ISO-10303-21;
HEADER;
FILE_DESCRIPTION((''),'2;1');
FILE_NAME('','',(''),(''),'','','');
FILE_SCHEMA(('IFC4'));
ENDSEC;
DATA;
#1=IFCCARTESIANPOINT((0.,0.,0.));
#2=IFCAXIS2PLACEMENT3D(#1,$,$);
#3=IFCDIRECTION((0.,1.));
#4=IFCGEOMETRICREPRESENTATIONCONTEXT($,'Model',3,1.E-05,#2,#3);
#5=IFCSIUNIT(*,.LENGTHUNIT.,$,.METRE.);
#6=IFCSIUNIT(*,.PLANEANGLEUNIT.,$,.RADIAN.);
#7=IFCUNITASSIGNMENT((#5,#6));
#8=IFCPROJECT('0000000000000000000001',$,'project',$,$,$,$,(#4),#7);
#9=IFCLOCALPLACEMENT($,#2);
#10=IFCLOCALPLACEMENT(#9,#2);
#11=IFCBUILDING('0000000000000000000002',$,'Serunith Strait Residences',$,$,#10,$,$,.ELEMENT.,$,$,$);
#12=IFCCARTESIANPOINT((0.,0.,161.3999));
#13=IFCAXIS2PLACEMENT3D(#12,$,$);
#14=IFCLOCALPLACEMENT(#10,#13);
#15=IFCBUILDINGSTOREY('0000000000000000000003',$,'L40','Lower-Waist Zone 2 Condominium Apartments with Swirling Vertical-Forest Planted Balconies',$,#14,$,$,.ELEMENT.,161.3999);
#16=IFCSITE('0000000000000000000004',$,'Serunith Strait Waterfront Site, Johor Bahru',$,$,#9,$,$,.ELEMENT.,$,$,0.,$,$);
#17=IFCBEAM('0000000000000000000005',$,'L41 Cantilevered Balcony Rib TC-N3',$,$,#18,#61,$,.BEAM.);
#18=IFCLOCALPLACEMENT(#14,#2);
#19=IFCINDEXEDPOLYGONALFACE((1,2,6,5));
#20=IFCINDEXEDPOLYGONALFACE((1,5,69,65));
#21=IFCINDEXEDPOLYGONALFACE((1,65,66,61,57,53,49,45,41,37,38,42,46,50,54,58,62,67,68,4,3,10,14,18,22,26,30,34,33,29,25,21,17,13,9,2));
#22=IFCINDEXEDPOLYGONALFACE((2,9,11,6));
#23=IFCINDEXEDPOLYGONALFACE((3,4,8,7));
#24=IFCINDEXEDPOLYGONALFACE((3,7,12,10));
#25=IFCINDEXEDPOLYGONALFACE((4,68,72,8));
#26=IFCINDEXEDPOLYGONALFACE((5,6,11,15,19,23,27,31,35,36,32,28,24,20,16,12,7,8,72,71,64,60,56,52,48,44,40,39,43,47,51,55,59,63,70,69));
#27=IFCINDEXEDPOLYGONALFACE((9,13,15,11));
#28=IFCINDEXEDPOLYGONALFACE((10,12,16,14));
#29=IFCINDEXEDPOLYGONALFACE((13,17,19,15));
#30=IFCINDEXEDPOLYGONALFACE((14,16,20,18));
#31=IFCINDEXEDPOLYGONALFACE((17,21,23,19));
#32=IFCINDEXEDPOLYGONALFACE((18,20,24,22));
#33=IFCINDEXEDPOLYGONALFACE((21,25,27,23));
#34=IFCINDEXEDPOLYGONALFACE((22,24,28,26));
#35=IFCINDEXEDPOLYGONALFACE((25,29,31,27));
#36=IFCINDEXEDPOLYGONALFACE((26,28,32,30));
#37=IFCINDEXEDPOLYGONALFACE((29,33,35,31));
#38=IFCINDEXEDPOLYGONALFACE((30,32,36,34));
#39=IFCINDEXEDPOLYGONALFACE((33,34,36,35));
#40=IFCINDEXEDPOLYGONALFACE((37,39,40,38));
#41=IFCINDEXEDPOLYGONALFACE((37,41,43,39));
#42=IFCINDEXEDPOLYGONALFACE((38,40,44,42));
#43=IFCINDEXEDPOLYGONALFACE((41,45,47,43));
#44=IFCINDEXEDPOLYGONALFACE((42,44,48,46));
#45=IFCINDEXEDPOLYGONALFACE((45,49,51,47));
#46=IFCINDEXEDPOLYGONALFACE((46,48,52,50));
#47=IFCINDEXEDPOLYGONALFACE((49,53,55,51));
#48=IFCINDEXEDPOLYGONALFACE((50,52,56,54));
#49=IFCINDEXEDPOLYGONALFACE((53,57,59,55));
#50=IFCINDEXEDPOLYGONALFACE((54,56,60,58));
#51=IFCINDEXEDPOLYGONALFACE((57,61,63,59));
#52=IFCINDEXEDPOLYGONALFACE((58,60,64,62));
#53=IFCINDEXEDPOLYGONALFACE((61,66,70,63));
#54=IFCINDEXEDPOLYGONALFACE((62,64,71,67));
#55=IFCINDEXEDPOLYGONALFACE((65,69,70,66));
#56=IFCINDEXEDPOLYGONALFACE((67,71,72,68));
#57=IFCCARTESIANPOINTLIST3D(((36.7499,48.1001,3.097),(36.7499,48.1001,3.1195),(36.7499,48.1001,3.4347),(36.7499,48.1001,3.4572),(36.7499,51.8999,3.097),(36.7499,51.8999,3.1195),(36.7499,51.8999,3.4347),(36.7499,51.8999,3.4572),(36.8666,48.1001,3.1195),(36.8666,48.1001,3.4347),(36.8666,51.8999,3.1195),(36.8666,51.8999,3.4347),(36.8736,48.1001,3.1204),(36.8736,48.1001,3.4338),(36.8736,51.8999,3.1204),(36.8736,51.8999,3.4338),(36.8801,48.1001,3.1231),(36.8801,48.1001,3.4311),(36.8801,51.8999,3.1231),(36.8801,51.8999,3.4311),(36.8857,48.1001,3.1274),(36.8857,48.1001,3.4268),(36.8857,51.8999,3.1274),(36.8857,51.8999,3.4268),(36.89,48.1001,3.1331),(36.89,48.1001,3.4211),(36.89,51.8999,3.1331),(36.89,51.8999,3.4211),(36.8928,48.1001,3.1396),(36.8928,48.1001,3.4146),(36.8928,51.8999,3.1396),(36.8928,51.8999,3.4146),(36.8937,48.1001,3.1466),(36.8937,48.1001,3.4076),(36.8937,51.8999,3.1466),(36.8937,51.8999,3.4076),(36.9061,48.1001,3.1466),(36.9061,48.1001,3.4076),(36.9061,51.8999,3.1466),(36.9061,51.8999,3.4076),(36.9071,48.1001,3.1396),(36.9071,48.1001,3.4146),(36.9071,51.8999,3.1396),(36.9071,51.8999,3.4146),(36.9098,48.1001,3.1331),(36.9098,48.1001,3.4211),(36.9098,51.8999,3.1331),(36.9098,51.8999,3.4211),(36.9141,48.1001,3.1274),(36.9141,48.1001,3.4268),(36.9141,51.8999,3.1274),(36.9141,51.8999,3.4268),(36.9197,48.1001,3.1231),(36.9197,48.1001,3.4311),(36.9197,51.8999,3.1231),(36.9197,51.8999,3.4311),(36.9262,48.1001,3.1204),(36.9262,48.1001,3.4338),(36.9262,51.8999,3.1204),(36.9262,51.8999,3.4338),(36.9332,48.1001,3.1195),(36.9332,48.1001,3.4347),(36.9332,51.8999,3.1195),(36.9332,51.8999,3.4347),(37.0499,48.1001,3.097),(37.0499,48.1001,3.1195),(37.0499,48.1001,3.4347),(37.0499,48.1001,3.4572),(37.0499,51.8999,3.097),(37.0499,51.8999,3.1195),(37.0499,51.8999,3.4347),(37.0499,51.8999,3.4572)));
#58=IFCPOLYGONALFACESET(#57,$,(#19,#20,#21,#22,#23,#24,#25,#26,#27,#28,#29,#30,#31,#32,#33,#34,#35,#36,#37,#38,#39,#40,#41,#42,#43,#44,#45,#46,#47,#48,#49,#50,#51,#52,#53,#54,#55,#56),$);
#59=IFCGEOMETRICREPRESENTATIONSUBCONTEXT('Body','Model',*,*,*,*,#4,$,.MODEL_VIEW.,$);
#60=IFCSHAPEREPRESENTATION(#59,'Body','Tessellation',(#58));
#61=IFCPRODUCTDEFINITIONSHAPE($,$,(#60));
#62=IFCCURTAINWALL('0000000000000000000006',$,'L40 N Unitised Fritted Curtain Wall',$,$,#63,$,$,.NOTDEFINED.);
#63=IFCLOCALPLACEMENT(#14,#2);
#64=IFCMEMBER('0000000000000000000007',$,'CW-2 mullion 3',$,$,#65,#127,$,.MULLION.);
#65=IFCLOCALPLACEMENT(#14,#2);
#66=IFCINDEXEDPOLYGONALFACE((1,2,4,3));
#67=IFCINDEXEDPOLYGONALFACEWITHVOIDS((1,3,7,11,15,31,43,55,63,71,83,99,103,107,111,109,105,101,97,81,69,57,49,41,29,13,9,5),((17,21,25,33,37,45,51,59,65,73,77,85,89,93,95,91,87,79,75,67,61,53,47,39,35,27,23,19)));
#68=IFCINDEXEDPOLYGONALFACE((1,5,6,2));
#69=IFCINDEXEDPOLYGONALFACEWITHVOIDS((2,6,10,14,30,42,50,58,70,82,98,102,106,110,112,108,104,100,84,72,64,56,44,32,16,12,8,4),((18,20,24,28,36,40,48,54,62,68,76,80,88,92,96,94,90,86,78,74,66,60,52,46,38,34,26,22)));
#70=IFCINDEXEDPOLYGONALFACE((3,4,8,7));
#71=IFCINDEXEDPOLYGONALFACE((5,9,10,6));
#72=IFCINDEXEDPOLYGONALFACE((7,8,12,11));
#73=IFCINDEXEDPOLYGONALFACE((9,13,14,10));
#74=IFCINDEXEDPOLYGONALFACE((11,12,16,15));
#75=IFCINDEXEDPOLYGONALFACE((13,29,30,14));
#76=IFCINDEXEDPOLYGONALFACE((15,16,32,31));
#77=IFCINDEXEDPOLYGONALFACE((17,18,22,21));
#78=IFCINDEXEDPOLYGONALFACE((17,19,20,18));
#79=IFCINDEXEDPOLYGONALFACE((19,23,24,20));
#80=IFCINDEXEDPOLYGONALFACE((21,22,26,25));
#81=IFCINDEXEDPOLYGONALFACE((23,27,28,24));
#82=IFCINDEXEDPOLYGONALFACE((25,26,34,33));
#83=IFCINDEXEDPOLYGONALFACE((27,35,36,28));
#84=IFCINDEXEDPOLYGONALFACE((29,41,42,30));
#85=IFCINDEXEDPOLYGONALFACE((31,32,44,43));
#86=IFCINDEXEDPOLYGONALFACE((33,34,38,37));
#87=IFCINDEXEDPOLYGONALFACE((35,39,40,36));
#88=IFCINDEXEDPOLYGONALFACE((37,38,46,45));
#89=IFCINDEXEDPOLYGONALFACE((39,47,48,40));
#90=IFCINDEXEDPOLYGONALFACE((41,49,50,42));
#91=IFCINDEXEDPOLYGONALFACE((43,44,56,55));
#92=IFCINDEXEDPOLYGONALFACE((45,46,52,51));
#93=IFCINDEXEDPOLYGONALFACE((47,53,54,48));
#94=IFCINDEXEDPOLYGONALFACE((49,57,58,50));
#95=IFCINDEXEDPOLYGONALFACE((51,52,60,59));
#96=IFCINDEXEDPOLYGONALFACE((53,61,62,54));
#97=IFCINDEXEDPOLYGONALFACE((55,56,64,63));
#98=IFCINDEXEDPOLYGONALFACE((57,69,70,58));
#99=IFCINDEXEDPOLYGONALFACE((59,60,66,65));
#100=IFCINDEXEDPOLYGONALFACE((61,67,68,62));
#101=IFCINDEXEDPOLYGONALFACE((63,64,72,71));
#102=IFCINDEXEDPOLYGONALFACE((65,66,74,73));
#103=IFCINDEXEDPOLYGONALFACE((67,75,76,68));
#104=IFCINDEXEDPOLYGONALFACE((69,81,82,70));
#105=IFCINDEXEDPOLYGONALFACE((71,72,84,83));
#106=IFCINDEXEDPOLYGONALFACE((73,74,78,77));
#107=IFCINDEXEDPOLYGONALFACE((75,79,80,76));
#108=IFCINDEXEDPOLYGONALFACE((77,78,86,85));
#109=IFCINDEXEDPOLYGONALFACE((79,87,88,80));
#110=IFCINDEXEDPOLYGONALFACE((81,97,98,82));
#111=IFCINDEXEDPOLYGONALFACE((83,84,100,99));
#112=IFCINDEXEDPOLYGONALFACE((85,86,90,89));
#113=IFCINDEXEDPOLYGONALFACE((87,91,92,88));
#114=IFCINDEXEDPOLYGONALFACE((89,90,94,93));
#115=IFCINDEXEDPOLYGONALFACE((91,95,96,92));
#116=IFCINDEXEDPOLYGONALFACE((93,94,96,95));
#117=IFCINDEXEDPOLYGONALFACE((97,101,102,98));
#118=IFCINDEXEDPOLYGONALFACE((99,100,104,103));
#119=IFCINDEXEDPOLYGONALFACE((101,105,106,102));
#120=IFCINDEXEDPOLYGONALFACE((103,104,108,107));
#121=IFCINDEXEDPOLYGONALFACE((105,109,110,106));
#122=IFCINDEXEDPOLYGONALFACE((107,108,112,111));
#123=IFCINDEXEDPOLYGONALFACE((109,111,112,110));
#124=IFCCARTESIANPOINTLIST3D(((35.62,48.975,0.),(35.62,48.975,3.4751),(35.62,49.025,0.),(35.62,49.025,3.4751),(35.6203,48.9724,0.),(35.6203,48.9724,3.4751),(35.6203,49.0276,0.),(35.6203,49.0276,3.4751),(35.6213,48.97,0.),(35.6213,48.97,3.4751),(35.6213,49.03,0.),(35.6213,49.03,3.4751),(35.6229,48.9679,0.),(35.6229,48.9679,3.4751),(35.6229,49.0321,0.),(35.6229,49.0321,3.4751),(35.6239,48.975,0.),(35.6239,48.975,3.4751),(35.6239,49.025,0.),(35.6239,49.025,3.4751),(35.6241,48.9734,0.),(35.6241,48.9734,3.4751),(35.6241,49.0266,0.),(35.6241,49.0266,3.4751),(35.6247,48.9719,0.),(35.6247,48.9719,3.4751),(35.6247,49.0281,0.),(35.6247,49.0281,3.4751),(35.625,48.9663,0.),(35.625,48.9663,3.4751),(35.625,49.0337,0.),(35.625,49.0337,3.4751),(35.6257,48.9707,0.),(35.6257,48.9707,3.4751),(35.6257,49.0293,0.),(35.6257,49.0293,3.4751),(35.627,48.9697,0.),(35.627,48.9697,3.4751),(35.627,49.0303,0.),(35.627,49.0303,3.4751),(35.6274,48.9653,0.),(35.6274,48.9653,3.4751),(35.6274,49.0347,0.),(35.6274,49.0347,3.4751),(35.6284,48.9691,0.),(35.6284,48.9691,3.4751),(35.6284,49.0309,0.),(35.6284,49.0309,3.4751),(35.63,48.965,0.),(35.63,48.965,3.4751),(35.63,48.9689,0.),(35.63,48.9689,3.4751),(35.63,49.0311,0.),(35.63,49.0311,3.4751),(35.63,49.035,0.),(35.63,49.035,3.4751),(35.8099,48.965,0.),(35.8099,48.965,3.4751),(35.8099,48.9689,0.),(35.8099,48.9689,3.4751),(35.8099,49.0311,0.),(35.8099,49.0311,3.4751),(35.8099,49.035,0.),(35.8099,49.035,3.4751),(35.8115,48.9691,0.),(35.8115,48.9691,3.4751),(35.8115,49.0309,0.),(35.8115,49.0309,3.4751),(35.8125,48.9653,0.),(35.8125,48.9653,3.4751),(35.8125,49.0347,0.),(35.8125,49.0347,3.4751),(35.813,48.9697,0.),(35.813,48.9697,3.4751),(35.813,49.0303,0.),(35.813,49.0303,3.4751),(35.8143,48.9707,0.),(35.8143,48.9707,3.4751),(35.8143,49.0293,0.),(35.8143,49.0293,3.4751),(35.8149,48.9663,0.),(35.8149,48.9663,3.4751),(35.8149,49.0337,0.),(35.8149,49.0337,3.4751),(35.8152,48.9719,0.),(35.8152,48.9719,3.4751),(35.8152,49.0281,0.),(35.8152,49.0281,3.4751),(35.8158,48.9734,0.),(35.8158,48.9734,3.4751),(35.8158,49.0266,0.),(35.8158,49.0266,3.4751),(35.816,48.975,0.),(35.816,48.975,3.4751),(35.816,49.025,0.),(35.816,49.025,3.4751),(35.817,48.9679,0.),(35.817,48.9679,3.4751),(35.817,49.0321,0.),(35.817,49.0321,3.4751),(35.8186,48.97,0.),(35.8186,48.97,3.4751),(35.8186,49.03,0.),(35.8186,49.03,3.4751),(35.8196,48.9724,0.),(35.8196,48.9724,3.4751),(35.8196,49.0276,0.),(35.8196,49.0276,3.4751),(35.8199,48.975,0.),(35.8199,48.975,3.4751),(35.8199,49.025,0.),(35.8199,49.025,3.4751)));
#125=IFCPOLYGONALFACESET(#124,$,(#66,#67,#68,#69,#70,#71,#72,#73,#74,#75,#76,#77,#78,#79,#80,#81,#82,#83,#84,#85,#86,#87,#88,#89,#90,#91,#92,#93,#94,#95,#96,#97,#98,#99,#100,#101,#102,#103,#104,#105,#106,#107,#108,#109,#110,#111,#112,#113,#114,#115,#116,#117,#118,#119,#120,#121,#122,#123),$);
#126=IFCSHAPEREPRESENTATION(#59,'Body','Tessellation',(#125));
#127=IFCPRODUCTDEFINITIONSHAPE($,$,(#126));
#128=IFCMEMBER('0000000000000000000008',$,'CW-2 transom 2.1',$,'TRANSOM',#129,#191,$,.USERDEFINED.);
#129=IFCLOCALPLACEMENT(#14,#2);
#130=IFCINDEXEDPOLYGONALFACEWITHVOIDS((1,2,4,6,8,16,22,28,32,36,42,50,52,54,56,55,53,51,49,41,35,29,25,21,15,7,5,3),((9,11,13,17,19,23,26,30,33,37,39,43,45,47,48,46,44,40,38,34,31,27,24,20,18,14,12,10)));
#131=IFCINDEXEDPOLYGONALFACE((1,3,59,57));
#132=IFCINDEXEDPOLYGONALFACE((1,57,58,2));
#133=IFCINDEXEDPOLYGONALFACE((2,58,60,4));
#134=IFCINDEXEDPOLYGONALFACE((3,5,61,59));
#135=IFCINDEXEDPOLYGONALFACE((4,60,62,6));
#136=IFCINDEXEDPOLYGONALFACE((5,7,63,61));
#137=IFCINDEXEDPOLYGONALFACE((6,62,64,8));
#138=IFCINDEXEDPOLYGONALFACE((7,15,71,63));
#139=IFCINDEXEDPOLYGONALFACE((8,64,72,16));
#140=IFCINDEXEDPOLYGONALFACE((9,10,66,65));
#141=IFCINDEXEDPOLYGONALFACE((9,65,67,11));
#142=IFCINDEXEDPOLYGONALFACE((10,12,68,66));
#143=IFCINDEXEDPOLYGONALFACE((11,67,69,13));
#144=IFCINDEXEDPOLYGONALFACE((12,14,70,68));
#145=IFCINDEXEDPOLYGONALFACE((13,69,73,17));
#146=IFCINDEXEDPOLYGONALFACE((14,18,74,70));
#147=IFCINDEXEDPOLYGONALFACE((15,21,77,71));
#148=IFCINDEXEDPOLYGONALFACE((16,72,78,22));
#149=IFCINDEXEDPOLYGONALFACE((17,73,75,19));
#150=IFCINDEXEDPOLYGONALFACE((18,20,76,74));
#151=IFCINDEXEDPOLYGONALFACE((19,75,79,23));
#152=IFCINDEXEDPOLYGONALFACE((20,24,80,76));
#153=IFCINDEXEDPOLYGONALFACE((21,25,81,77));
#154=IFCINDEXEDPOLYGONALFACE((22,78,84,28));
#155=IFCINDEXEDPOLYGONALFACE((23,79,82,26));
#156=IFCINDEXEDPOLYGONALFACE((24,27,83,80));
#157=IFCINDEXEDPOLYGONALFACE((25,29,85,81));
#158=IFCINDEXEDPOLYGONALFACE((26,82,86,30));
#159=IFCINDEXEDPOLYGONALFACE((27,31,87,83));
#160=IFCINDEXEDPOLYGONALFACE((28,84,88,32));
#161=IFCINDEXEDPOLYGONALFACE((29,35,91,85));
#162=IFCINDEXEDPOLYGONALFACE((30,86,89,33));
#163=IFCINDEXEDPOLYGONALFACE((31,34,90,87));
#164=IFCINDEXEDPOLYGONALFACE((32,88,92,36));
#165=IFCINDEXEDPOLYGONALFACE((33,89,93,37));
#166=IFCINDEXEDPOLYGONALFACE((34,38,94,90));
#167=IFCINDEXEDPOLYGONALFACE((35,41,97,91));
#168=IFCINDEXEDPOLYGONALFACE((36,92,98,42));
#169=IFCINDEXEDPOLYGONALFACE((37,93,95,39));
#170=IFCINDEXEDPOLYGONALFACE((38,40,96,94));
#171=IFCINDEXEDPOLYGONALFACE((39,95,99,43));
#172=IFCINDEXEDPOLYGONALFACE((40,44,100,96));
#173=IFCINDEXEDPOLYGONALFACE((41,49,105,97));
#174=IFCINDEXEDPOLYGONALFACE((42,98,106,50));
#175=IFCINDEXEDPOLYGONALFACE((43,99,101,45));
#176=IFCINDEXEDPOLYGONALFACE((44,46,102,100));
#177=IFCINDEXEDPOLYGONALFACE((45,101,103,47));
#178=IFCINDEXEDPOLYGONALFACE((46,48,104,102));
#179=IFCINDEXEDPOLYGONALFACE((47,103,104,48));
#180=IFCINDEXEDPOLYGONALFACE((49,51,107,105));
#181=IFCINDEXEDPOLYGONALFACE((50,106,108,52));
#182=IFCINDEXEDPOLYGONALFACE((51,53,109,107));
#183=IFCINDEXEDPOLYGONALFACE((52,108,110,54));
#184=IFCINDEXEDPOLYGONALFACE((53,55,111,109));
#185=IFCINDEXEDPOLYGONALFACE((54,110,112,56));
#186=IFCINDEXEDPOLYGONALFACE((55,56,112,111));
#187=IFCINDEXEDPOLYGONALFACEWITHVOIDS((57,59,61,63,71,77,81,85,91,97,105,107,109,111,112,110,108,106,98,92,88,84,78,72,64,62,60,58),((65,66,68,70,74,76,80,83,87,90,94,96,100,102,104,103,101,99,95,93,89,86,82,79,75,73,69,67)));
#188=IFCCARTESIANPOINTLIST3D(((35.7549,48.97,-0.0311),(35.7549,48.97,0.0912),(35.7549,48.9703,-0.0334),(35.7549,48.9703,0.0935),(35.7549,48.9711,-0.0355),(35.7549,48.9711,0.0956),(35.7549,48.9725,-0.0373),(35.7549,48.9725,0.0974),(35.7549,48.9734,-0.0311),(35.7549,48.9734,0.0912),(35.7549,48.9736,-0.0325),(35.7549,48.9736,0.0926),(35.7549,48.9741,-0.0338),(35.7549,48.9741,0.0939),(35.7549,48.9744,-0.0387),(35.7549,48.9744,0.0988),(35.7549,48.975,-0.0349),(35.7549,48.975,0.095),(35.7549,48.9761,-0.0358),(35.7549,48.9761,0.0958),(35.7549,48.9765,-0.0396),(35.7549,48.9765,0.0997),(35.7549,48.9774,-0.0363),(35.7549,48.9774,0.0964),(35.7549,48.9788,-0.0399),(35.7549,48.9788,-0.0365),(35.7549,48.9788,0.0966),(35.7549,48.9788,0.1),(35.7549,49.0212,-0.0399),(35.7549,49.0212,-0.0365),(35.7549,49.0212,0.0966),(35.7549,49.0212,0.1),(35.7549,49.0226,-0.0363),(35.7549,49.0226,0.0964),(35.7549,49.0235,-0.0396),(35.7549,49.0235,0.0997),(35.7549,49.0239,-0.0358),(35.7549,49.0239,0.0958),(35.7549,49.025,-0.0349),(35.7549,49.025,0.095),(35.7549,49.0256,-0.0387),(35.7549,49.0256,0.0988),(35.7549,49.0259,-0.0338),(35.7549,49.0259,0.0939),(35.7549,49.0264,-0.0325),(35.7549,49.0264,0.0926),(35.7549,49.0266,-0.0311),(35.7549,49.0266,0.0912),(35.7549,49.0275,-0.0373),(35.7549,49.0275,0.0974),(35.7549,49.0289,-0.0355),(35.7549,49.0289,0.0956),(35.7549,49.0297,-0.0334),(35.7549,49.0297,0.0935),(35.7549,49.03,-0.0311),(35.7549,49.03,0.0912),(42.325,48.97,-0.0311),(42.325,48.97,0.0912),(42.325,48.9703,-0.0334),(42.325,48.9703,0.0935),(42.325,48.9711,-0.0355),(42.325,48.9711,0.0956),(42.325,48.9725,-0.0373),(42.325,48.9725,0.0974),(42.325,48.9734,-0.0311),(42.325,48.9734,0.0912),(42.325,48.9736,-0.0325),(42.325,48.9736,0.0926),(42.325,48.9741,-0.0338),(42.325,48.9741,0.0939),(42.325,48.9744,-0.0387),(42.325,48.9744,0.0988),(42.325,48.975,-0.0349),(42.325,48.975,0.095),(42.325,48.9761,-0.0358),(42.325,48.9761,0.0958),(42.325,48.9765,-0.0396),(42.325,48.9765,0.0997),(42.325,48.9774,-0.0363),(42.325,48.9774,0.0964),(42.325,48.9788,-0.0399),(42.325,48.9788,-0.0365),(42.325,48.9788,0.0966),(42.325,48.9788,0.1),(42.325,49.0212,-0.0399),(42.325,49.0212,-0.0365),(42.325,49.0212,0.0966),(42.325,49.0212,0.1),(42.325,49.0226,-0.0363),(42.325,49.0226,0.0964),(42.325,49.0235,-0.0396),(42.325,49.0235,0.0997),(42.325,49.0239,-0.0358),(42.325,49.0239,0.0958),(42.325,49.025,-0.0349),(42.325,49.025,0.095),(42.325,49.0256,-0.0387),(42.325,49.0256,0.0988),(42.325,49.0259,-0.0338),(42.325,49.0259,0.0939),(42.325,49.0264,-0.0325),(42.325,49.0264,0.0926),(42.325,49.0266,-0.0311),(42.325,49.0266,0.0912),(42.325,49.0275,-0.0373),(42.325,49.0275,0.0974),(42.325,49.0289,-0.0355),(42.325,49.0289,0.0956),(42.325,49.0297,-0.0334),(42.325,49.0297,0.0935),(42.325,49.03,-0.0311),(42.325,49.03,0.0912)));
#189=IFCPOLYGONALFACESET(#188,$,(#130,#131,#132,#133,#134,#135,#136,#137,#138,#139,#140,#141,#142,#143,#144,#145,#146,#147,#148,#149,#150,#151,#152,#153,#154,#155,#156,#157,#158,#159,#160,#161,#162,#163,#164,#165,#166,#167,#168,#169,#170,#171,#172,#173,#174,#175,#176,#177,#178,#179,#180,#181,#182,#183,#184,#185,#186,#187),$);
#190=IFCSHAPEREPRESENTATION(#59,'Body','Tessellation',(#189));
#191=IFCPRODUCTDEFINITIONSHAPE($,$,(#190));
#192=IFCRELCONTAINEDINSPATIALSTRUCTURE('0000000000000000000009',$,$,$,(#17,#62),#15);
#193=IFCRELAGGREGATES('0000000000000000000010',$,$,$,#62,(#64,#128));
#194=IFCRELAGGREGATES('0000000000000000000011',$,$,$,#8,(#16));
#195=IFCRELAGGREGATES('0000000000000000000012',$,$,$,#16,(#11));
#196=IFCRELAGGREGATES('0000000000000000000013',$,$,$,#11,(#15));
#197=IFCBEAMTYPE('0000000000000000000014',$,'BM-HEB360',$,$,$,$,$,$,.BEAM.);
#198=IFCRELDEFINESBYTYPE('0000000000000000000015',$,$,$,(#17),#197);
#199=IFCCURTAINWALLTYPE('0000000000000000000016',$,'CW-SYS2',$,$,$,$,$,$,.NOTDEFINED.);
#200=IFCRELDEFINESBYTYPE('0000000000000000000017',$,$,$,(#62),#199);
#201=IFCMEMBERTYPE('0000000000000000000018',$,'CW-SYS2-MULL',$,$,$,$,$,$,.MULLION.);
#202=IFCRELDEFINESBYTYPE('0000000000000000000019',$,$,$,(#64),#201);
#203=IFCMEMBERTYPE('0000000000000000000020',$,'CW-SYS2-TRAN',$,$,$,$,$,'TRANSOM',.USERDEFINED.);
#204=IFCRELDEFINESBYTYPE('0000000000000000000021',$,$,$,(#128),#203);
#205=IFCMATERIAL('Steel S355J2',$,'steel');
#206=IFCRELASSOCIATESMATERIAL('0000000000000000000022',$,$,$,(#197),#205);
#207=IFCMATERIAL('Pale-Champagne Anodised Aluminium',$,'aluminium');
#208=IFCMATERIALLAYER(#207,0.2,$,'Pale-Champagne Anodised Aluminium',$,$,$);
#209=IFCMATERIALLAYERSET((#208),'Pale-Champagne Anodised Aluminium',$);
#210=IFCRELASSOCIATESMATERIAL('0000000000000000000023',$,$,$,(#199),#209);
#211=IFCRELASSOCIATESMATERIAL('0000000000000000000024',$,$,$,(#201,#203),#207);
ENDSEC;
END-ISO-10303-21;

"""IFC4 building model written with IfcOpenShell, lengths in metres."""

from ifc_helpers import new_model, si_unit, direction, frame, origin, origin_2d, place, context, subcontext, project, spatial, hollow_rectangle, i_section, extrude, source, transform, mapped, material, layer, layer_set, material_profile, profile_set, type_object, element, aggregate, save


model = new_model("IFC4")

# Units and contexts
model_context = context("Model", 3, precision=1e-05, world=origin(), true_north=direction((0.0, 1.0)))
body_context = subcontext(model_context, "Body", "Model", "MODEL_VIEW")
ifc_project = project(units=[si_unit("LENGTHUNIT", "METRE"), si_unit("PLANEANGLEUNIT", "RADIAN")], contexts=[model_context])

# Site, building, storey
site_placement = place(None, origin())
site = spatial("IfcSite", under=ifc_project, at=site_placement, Name="Serunith Strait Waterfront Site, Johor Bahru", CompositionType="ELEMENT", RefElevation=0.0)
building_placement = place(site_placement, origin())
building = spatial("IfcBuilding", under=site, at=building_placement, Name="Serunith Strait Residences", CompositionType="ELEMENT")
storey_placement = place(building_placement, frame((0.0, 0.0, 161.3999)))
storey = spatial("IfcBuildingStorey", under=building, at=storey_placement, Name="L40", Description="Lower-Waist Zone 2 Condominium Apartments with Swirling Vertical-Forest Planted Balconies", CompositionType="ELEMENT", Elevation=161.3999)

# Beam
ifc_material_1 = material(Name="Steel S355J2", Category="steel")
ifc_material_profile_1 = material_profile(ifc_material_1, i_section(OverallWidth=0.3, OverallDepth=0.3601, WebThickness=0.0125, FlangeThickness=0.0225, FilletRadius=0.0271, at=origin_2d()), Name="HEB 360")
ifc_profile_set_1 = profile_set([ifc_material_profile_1], Name="Steel S355J2")
beam_type_1 = type_object("IfcBeamType", Name="BM-HEB360", PredefinedType="BEAM", material=ifc_profile_set_1)
shared_shape_1 = source(origin(), body_context, "Body", "SweptSolid", [
    extrude(i_section(OverallWidth=0.3, OverallDepth=0.3601, WebThickness=0.0125, FlangeThickness=0.0225, FilletRadius=0.0271, at=origin_2d()), origin(), (0.0, 0.0, 1.0), 3.7998),
])
beam_1_placement = place(storey_placement, frame((36.8999, 48.1001, 3.2771), z_axis=(0.0, 1.0, 0.0), x_axis=(-1.0, 0.0, 0.0)))
element("IfcBeam", 1, at=beam_1_placement, inside=storey, type_object=beam_type_1, Name="L41 Cantilevered Balcony Rib TC-N3", PredefinedType="BEAM", context=body_context, shape_type="MappedRepresentation", body=[
    mapped(shared_shape_1, transform((0.0, 0.0, 0.0), scale=1.0)),
])

# Curtain wall, members
ifc_material_2 = material(Name="Pale-Champagne Anodised Aluminium", Category="aluminium")
ifc_layer_1 = layer(ifc_material_2, 0.2, Name="Pale-Champagne Anodised Aluminium")
ifc_layer_set_1 = layer_set([ifc_layer_1], Name="Pale-Champagne Anodised Aluminium")
curtain_wall_type = type_object("IfcCurtainWallType", Name="CW-SYS2", PredefinedType="NOTDEFINED", material=ifc_layer_set_1)
curtain_wall_placement = place(storey_placement, origin())
curtain_wall = element("IfcCurtainWall", 2, at=curtain_wall_placement, inside=storey, type_object=curtain_wall_type, Name="L40 N Unitised Fritted Curtain Wall", PredefinedType="NOTDEFINED")
ifc_material_profile_2 = material_profile(ifc_material_2, hollow_rectangle(XDim=0.0701, YDim=0.2, WallThickness=0.0039, InnerFilletRadius=0.0061, OuterFilletRadius=0.01, at=origin_2d()), Name="ALU 200x70x4")
ifc_profile_set_2 = profile_set([ifc_material_profile_2], Name="Pale-Champagne Anodised Aluminium")
member_type_1 = type_object("IfcMemberType", Name="CW-SYS2-MULL", PredefinedType="MULLION", material=ifc_profile_set_2)
shared_shape_2 = source(origin(), body_context, "Body", "SweptSolid", [
    extrude(hollow_rectangle(XDim=0.0701, YDim=0.2, WallThickness=0.0039, InnerFilletRadius=0.0061, OuterFilletRadius=0.01, at=origin_2d()), origin(), (0.0, 0.0, 1.0), 3.4751),
])
member_1_placement = place(storey_placement, frame((35.72, 49.0, 0.0), z_axis=(0.0, 0.0, 1.0), x_axis=(0.0, -1.0, 0.0)))
member_1 = element("IfcMember", 3, at=member_1_placement, type_object=member_type_1, Name="CW-2 mullion 3", PredefinedType="MULLION", context=body_context, shape_type="MappedRepresentation", body=[
    mapped(shared_shape_2, transform((0.0, 0.0, 0.0), scale=1.0)),
])
ifc_material_profile_3 = material_profile(ifc_material_2, hollow_rectangle(XDim=0.0601, YDim=0.1399, WallThickness=0.0034, InnerFilletRadius=0.0054, OuterFilletRadius=0.0088, at=origin_2d()), Name="ALU 140x60x3.5")
ifc_profile_set_3 = profile_set([ifc_material_profile_3], Name="Pale-Champagne Anodised Aluminium")
member_type_2 = type_object("IfcMemberType", Name="CW-SYS2-TRAN", ElementType="TRANSOM", PredefinedType="USERDEFINED", material=ifc_profile_set_3)
shared_shape_3 = source(origin(), body_context, "Body", "SweptSolid", [
    extrude(hollow_rectangle(XDim=0.0601, YDim=0.1399, WallThickness=0.0034, InnerFilletRadius=0.0054, OuterFilletRadius=0.0088, at=origin_2d()), origin(), (0.0, 0.0, 1.0), 6.5701),
])
member_2_placement = place(storey_placement, frame((42.325, 49.0, 0.03), z_axis=(-1.0, 0.0, 0.0), x_axis=(0.0, -1.0, 0.0)))
member_2 = element("IfcMember", 4, at=member_2_placement, type_object=member_type_2, Name="CW-2 transom 2.1", ObjectType="TRANSOM", PredefinedType="USERDEFINED", context=body_context, shape_type="MappedRepresentation", body=[
    mapped(shared_shape_3, transform((0.0, 0.0, 0.0), scale=1.0)),
])
aggregate(curtain_wall, [member_1, member_2])

save(model, "model.ifc")
